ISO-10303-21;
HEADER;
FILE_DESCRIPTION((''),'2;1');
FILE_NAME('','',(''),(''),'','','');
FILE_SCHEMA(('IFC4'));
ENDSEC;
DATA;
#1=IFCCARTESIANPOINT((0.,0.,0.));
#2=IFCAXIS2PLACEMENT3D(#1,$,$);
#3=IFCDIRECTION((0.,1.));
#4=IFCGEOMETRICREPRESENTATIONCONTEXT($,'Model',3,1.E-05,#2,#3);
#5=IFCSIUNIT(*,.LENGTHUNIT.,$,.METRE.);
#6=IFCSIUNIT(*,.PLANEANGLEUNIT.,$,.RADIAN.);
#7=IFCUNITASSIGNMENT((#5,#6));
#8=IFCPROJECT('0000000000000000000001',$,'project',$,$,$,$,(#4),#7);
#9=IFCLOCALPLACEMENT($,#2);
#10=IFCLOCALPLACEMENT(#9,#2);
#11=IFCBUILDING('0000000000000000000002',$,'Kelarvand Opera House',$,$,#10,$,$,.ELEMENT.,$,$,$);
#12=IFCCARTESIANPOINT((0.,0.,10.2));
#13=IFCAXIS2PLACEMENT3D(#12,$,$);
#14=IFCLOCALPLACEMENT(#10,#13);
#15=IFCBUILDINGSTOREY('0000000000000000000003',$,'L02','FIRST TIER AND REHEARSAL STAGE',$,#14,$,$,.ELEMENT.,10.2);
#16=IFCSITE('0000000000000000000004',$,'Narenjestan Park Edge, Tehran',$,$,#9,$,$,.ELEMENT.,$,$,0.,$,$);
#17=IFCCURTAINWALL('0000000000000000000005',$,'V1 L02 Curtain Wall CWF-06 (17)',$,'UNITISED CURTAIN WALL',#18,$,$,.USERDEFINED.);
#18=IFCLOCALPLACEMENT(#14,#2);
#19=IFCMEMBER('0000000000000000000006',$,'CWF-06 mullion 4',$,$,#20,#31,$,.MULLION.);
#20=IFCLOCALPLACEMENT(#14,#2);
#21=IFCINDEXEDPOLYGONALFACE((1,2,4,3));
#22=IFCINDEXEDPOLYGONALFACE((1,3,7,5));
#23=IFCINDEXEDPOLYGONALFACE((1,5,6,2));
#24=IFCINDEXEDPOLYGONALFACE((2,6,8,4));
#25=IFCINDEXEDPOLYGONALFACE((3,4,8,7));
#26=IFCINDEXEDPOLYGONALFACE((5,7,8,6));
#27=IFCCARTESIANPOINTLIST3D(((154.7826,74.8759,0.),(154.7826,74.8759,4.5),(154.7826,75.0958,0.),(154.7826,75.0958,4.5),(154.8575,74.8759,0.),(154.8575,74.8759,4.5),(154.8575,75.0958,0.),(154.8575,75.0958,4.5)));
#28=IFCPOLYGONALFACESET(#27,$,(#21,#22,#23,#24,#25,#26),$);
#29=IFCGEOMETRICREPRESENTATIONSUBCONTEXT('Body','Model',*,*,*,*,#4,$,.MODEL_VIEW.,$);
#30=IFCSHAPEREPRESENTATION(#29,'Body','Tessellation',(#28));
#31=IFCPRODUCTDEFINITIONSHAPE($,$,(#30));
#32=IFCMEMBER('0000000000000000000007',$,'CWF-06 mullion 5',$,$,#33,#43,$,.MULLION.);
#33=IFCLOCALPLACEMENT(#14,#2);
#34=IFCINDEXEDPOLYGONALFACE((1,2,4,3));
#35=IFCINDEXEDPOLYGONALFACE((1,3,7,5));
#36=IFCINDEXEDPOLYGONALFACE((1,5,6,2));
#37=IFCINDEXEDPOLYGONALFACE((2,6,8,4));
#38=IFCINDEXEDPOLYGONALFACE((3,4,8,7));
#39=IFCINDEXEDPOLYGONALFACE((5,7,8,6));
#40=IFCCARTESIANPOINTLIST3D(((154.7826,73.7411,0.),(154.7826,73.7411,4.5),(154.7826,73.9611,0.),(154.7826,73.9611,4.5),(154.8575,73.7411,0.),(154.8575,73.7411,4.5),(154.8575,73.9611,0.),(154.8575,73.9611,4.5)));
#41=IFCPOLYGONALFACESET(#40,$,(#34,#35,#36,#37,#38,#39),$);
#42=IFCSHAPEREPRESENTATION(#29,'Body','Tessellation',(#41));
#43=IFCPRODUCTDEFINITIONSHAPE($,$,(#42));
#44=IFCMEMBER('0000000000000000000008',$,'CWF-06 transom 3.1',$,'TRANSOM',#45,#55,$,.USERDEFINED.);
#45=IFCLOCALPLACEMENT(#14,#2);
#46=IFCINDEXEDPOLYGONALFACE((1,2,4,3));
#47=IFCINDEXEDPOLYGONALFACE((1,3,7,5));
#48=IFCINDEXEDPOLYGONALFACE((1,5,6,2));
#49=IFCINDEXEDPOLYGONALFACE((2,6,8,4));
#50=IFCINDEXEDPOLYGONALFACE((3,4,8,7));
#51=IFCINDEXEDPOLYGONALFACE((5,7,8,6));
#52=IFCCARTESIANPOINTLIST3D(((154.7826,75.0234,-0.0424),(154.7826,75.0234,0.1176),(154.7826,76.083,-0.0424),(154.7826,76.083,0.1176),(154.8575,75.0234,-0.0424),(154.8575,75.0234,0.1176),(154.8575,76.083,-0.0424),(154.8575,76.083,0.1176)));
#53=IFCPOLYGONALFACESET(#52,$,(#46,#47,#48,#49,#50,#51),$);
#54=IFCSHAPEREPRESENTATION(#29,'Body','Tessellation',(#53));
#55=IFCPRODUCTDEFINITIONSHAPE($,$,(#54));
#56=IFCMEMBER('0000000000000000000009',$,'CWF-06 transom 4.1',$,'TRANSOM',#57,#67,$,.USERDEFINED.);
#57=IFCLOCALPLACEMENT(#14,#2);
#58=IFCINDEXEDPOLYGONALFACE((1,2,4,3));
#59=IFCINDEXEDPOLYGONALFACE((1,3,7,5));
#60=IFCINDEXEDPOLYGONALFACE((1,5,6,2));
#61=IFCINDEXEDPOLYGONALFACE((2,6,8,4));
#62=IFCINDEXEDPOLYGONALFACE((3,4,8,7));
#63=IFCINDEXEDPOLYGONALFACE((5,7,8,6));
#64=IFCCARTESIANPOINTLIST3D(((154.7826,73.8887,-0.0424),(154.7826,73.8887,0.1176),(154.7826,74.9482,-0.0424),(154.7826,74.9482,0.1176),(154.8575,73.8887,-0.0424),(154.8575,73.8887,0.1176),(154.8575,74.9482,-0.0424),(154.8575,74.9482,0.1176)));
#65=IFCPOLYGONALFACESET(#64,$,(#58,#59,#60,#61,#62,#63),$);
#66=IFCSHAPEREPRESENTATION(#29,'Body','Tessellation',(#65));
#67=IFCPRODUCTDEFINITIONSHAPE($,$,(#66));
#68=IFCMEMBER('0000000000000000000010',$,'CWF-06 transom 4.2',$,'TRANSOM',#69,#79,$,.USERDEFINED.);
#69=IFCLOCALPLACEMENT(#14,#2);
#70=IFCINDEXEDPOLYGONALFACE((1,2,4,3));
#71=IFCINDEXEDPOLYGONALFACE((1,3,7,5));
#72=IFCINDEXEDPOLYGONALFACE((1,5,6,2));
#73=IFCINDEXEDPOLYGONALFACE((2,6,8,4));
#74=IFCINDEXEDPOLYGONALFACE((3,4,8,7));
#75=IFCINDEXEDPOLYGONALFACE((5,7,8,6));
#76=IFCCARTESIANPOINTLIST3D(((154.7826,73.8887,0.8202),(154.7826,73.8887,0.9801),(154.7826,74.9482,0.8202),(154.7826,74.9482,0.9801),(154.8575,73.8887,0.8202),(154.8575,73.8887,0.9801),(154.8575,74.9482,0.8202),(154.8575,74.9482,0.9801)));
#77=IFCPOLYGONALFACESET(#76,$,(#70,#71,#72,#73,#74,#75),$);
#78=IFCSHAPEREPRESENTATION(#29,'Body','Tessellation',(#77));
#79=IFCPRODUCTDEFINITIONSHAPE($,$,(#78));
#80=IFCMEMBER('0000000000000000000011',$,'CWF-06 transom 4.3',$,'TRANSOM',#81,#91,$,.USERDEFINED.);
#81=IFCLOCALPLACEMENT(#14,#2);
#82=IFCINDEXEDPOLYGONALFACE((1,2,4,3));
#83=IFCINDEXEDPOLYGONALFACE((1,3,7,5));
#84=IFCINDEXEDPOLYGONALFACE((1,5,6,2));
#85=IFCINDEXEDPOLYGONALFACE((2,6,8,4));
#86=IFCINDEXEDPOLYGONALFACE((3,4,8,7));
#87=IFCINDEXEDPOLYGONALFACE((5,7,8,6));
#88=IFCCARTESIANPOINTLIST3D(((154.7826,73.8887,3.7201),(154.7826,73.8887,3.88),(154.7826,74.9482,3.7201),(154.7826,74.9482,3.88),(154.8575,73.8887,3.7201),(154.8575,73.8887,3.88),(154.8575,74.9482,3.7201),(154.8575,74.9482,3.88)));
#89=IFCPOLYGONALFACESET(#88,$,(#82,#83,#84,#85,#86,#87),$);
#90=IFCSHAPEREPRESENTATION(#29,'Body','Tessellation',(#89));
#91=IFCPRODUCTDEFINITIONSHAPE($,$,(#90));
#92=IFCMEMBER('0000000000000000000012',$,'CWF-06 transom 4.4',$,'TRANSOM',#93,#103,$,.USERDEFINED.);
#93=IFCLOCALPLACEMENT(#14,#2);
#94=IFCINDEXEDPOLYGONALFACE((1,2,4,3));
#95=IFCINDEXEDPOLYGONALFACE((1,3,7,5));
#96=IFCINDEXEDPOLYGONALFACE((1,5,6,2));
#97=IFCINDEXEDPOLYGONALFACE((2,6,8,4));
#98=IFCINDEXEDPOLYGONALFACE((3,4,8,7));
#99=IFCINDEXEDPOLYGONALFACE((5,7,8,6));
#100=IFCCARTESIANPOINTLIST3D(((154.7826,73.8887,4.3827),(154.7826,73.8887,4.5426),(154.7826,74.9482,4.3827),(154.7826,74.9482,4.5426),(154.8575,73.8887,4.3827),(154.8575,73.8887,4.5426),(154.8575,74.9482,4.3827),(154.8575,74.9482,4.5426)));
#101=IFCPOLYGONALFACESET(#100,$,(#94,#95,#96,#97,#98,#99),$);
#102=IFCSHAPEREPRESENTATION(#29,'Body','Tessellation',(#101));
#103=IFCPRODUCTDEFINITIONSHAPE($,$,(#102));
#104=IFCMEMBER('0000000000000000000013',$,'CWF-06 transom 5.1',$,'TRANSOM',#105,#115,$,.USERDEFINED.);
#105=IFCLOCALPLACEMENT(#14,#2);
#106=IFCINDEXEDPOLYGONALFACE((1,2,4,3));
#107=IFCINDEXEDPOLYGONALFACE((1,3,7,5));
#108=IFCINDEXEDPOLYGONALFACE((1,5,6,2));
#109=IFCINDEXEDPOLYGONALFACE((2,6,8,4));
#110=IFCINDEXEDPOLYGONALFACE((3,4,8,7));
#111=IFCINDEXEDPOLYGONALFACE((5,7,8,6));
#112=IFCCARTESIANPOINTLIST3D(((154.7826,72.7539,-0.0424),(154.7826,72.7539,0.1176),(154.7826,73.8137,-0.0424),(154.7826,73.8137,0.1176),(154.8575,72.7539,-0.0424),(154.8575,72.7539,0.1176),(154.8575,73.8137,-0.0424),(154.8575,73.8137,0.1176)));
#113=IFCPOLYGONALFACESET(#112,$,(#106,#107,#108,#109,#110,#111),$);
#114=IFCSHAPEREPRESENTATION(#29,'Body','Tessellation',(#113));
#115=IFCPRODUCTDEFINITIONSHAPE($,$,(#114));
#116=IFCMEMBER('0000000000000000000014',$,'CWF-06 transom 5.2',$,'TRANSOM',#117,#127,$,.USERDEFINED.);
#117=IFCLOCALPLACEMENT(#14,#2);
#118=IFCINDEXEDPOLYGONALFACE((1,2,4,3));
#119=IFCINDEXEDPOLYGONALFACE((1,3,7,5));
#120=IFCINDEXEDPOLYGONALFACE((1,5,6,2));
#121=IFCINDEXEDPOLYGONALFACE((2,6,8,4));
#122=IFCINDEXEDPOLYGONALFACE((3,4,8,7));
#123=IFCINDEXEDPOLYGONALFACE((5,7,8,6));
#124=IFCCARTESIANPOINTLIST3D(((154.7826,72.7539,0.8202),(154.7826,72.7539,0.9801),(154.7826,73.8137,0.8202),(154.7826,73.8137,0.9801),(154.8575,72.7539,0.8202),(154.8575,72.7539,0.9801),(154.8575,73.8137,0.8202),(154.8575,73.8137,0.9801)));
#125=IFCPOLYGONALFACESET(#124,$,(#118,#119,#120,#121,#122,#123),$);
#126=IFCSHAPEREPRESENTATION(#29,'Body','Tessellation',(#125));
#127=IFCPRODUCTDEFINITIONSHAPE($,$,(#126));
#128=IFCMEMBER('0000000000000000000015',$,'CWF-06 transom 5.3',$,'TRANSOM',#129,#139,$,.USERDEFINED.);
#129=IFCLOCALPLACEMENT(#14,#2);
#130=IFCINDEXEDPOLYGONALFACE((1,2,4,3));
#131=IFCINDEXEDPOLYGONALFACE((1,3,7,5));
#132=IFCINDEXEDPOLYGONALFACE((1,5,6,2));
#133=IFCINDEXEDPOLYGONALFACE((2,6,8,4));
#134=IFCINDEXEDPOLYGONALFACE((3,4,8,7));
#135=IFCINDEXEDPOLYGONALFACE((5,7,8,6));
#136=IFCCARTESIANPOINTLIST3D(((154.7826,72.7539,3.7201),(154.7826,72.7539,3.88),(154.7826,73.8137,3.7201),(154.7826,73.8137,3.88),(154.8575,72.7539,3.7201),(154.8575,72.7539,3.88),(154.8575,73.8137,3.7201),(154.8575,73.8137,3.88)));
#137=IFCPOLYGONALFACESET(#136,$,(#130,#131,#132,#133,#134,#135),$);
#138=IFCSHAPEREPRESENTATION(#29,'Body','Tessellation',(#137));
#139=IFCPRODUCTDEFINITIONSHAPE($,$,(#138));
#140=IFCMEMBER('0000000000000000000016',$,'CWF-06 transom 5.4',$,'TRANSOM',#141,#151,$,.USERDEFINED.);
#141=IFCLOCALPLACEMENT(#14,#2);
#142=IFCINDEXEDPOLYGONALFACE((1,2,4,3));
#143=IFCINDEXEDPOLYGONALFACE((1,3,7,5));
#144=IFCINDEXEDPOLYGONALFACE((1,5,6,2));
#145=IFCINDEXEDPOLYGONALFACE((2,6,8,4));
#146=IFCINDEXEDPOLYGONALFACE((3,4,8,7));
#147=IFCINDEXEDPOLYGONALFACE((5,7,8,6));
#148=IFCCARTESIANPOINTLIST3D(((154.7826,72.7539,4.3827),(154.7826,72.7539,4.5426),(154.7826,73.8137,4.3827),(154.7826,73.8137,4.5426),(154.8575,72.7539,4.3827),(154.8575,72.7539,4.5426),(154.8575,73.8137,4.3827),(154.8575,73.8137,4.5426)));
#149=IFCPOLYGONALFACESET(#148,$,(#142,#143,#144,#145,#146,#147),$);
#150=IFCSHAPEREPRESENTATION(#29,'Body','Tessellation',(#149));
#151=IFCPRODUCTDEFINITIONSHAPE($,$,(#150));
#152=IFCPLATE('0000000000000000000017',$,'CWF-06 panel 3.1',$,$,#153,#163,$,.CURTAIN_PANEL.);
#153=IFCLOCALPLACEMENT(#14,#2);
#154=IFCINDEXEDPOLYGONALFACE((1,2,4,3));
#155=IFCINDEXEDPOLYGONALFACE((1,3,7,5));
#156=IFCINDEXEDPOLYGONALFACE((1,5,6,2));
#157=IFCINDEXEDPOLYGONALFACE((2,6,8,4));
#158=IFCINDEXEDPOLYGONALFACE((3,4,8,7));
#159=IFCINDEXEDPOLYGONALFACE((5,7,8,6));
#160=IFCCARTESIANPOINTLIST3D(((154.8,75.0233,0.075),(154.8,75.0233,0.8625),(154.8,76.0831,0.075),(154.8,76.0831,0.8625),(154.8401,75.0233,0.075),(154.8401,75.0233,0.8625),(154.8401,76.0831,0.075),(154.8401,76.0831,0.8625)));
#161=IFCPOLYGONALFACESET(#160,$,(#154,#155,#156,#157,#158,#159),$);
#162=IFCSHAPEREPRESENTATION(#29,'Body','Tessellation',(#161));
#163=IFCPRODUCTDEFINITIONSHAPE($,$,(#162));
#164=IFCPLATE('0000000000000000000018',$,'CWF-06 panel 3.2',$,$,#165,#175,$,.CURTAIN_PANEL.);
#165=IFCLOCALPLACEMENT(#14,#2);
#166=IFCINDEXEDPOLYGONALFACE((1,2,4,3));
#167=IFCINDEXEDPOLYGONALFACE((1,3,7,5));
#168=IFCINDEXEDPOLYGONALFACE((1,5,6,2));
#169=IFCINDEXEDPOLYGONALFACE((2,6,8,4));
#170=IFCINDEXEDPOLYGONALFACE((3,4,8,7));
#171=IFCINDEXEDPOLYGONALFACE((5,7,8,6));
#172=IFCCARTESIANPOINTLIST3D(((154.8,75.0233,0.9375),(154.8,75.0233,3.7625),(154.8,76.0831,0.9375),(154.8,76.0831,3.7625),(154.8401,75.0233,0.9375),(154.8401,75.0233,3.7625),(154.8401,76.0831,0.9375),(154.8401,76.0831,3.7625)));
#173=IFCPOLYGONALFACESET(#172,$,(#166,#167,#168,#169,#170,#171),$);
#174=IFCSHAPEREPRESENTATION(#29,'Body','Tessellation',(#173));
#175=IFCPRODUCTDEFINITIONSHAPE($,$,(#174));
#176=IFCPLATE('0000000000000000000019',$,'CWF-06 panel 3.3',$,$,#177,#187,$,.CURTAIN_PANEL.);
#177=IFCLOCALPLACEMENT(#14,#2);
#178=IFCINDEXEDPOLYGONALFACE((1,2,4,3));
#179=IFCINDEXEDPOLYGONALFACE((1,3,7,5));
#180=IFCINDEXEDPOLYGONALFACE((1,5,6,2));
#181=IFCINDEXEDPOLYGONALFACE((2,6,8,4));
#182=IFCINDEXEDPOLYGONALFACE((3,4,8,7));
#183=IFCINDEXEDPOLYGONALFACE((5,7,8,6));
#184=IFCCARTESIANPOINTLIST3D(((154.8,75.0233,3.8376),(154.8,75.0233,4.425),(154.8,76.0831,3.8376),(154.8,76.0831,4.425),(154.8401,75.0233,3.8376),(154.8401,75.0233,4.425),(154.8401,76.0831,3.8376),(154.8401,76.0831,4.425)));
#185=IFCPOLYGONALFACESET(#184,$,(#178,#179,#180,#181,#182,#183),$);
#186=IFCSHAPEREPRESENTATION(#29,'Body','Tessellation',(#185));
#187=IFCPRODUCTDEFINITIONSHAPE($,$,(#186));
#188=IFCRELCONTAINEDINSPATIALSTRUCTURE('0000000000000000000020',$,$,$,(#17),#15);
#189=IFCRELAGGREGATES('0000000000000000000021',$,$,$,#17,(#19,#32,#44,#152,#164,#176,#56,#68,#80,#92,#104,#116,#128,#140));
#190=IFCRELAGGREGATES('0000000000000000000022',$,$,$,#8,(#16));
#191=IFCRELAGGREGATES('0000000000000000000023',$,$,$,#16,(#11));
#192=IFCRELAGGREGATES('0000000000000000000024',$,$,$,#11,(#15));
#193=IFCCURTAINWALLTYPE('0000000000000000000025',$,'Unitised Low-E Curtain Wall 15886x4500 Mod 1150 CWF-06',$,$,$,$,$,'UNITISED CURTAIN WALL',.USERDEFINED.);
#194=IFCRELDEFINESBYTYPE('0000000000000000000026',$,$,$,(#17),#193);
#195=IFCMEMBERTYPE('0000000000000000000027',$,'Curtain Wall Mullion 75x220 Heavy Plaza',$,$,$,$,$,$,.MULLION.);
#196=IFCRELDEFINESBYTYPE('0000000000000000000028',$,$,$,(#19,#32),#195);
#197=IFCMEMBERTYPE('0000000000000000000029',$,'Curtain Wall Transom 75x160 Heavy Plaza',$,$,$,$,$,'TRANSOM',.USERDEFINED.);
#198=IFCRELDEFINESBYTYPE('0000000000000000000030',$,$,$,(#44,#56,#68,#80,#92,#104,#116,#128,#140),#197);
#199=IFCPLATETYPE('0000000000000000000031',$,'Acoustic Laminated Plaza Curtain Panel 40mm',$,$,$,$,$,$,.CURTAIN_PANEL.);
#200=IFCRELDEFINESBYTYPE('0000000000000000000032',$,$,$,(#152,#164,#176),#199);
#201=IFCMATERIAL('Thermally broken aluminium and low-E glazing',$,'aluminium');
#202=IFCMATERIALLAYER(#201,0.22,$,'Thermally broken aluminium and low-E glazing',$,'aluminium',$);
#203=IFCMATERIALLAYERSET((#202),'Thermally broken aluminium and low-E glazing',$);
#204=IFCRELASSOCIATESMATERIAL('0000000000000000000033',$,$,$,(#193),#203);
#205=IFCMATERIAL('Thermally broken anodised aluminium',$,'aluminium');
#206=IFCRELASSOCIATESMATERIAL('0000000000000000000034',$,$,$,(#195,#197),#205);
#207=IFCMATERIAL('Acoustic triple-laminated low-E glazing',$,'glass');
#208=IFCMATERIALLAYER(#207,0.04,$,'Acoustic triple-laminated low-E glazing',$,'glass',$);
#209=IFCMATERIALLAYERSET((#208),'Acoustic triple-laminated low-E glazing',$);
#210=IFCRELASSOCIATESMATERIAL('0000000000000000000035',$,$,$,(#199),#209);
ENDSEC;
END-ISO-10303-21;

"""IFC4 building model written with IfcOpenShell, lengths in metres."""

from ifc_helpers import new_model, si_unit, direction, frame, origin, origin_2d, place, context, subcontext, project, spatial, rectangle, extrude, material, layer, layer_set, material_profile, profile_set, type_object, element, aggregate, save


model = new_model("IFC4")

# Units and contexts
model_context = context("Model", 3, precision=1e-05, world=origin(), true_north=direction((0.0, 1.0)))
body_context = subcontext(model_context, "Body", "Model", "MODEL_VIEW")
ifc_project = project(units=[si_unit("LENGTHUNIT", "METRE"), si_unit("PLANEANGLEUNIT", "RADIAN")], contexts=[model_context])

# Site, building, storey
site_placement = place(None, origin())
site = spatial("IfcSite", under=ifc_project, at=site_placement, Name="Narenjestan Park Edge, Tehran", CompositionType="ELEMENT", RefElevation=0.0)
building_placement = place(site_placement, origin())
building = spatial("IfcBuilding", under=site, at=building_placement, Name="Kelarvand Opera House", CompositionType="ELEMENT")
storey_placement = place(building_placement, frame((0.0, 0.0, 10.2)))
storey = spatial("IfcBuildingStorey", under=building, at=storey_placement, Name="L02", Description="FIRST TIER AND REHEARSAL STAGE", CompositionType="ELEMENT", Elevation=10.2)

# Curtain wall, members, plates
ifc_material_1 = material(Name="Thermally broken aluminium and low-E glazing", Category="aluminium")
ifc_layer_1 = layer(ifc_material_1, 0.22, Name="Thermally broken aluminium and low-E glazing", Category="aluminium")
ifc_layer_set_1 = layer_set([ifc_layer_1], Name="Thermally broken aluminium and low-E glazing")
curtain_wall_type = type_object("IfcCurtainWallType", Name="Unitised Low-E Curtain Wall 15886x4500 Mod 1150 CWF-06", ElementType="UNITISED CURTAIN WALL", PredefinedType="USERDEFINED", material=ifc_layer_set_1)
curtain_wall_placement = place(storey_placement, origin())
curtain_wall = element("IfcCurtainWall", 1, at=curtain_wall_placement, inside=storey, type_object=curtain_wall_type, Name="V1 L02 Curtain Wall CWF-06 (17)", ObjectType="UNITISED CURTAIN WALL", PredefinedType="USERDEFINED")
ifc_material_2 = material(Name="Thermally broken anodised aluminium", Category="aluminium")
ifc_material_profile_1 = material_profile(ifc_material_2, rectangle(XDim=0.075, YDim=0.22, at=origin_2d()), Name="ALU MULLION 75x220", Category="aluminium")
ifc_profile_set_1 = profile_set([ifc_material_profile_1], Name="Thermally broken anodised aluminium")
member_type_1 = type_object("IfcMemberType", Name="Curtain Wall Mullion 75x220 Heavy Plaza", PredefinedType="MULLION", material=ifc_profile_set_1)
member_1_placement = place(storey_placement, frame((154.8201, 74.9858, 0.0), z_axis=(0.0, 0.0, 1.0), x_axis=(1.0, 0.0, 0.0)))
member_1 = element("IfcMember", 2, at=member_1_placement, type_object=member_type_1, Name="CWF-06 mullion 4", PredefinedType="MULLION", context=body_context, shape_type="SweptSolid", body=[
    extrude(rectangle(XDim=0.075, YDim=0.22, at=origin_2d()), origin(), (0.0, 0.0, 1.0), 4.5),
])
member_2_placement = place(storey_placement, frame((154.8201, 73.8511, 0.0), z_axis=(0.0, 0.0, 1.0), x_axis=(1.0, 0.0, 0.0)))
member_2 = element("IfcMember", 3, at=member_2_placement, type_object=member_type_1, Name="CWF-06 mullion 5", PredefinedType="MULLION", context=body_context, shape_type="SweptSolid", body=[
    extrude(rectangle(XDim=0.075, YDim=0.22, at=origin_2d()), origin(), (0.0, 0.0, 1.0), 4.5),
])
ifc_material_profile_2 = material_profile(ifc_material_2, rectangle(XDim=0.075, YDim=0.1599, at=origin_2d()), Name="ALU TRANSOM 75x160", Category="aluminium")
ifc_profile_set_2 = profile_set([ifc_material_profile_2], Name="Thermally broken anodised aluminium")
member_type_2 = type_object("IfcMemberType", Name="Curtain Wall Transom 75x160 Heavy Plaza", ElementType="TRANSOM", PredefinedType="USERDEFINED", material=ifc_profile_set_2)
member_3_placement = place(storey_placement, frame((154.8201, 76.083, 0.0376), z_axis=(0.0, -1.0, 0.0), x_axis=(1.0, 0.0, 0.0)))
member_3 = element("IfcMember", 4, at=member_3_placement, type_object=member_type_2, Name="CWF-06 transom 3.1", ObjectType="TRANSOM", PredefinedType="USERDEFINED", context=body_context, shape_type="SweptSolid", body=[
    extrude(rectangle(XDim=0.075, YDim=0.1599, at=origin_2d()), origin(), (0.0, 0.0, 1.0), 1.0596),
])
member_4_placement = place(storey_placement, frame((154.8201, 74.9482, 0.0376), z_axis=(0.0, -1.0, 0.0), x_axis=(1.0, 0.0, 0.0)))
member_4 = element("IfcMember", 5, at=member_4_placement, type_object=member_type_2, Name="CWF-06 transom 4.1", ObjectType="TRANSOM", PredefinedType="USERDEFINED", context=body_context, shape_type="SweptSolid", body=[
    extrude(rectangle(XDim=0.075, YDim=0.1599, at=origin_2d()), origin(), (0.0, 0.0, 1.0), 1.0596),
])
member_5_placement = place(storey_placement, frame((154.8201, 74.9482, 0.9001), z_axis=(0.0, -1.0, 0.0), x_axis=(1.0, 0.0, 0.0)))
member_5 = element("IfcMember", 6, at=member_5_placement, type_object=member_type_2, Name="CWF-06 transom 4.2", ObjectType="TRANSOM", PredefinedType="USERDEFINED", context=body_context, shape_type="SweptSolid", body=[
    extrude(rectangle(XDim=0.075, YDim=0.1599, at=origin_2d()), origin(), (0.0, 0.0, 1.0), 1.0596),
])
member_6_placement = place(storey_placement, frame((154.8201, 74.9482, 3.8), z_axis=(0.0, -1.0, 0.0), x_axis=(1.0, 0.0, 0.0)))
member_6 = element("IfcMember", 7, at=member_6_placement, type_object=member_type_2, Name="CWF-06 transom 4.3", ObjectType="TRANSOM", PredefinedType="USERDEFINED", context=body_context, shape_type="SweptSolid", body=[
    extrude(rectangle(XDim=0.075, YDim=0.1599, at=origin_2d()), origin(), (0.0, 0.0, 1.0), 1.0596),
])
member_7_placement = place(storey_placement, frame((154.8201, 74.9482, 4.4626), z_axis=(0.0, -1.0, 0.0), x_axis=(1.0, 0.0, 0.0)))
member_7 = element("IfcMember", 8, at=member_7_placement, type_object=member_type_2, Name="CWF-06 transom 4.4", ObjectType="TRANSOM", PredefinedType="USERDEFINED", context=body_context, shape_type="SweptSolid", body=[
    extrude(rectangle(XDim=0.075, YDim=0.1599, at=origin_2d()), origin(), (0.0, 0.0, 1.0), 1.0596),
])
member_8_placement = place(storey_placement, frame((154.8201, 73.8137, 0.0376), z_axis=(0.0, -1.0, 0.0), x_axis=(1.0, 0.0, 0.0)))
member_8 = element("IfcMember", 9, at=member_8_placement, type_object=member_type_2, Name="CWF-06 transom 5.1", ObjectType="TRANSOM", PredefinedType="USERDEFINED", context=body_context, shape_type="SweptSolid", body=[
    extrude(rectangle(XDim=0.075, YDim=0.1599, at=origin_2d()), origin(), (0.0, 0.0, 1.0), 1.0598),
])
member_9_placement = place(storey_placement, frame((154.8201, 73.8137, 0.9001), z_axis=(0.0, -1.0, 0.0), x_axis=(1.0, 0.0, 0.0)))
member_9 = element("IfcMember", 10, at=member_9_placement, type_object=member_type_2, Name="CWF-06 transom 5.2", ObjectType="TRANSOM", PredefinedType="USERDEFINED", context=body_context, shape_type="SweptSolid", body=[
    extrude(rectangle(XDim=0.075, YDim=0.1599, at=origin_2d()), origin(), (0.0, 0.0, 1.0), 1.0598),
])
member_10_placement = place(storey_placement, frame((154.8201, 73.8137, 3.8), z_axis=(0.0, -1.0, 0.0), x_axis=(1.0, 0.0, 0.0)))
member_10 = element("IfcMember", 11, at=member_10_placement, type_object=member_type_2, Name="CWF-06 transom 5.3", ObjectType="TRANSOM", PredefinedType="USERDEFINED", context=body_context, shape_type="SweptSolid", body=[
    extrude(rectangle(XDim=0.075, YDim=0.1599, at=origin_2d()), origin(), (0.0, 0.0, 1.0), 1.0598),
])
member_11_placement = place(storey_placement, frame((154.8201, 73.8137, 4.4626), z_axis=(0.0, -1.0, 0.0), x_axis=(1.0, 0.0, 0.0)))
member_11 = element("IfcMember", 12, at=member_11_placement, type_object=member_type_2, Name="CWF-06 transom 5.4", ObjectType="TRANSOM", PredefinedType="USERDEFINED", context=body_context, shape_type="SweptSolid", body=[
    extrude(rectangle(XDim=0.075, YDim=0.1599, at=origin_2d()), origin(), (0.0, 0.0, 1.0), 1.0598),
])
ifc_material_3 = material(Name="Acoustic triple-laminated low-E glazing", Category="glass")
ifc_layer_2 = layer(ifc_material_3, 0.04, Name="Acoustic triple-laminated low-E glazing", Category="glass")
ifc_layer_set_2 = layer_set([ifc_layer_2], Name="Acoustic triple-laminated low-E glazing")
plate_type = type_object("IfcPlateType", Name="Acoustic Laminated Plaza Curtain Panel 40mm", PredefinedType="CURTAIN_PANEL", material=ifc_layer_set_2)
plate_1_placement = place(storey_placement, frame((154.8201, 75.5532, 0.075), z_axis=(0.0, 0.0, 1.0), x_axis=(0.0, -1.0, 0.0)))
plate_1 = element("IfcPlate", 13, at=plate_1_placement, type_object=plate_type, Name="CWF-06 panel 3.1", PredefinedType="CURTAIN_PANEL", context=body_context, shape_type="SweptSolid", body=[
    extrude(rectangle(XDim=1.0598, YDim=0.04, at=origin_2d()), origin(), (0.0, 0.0, 1.0), 0.7876),
])
plate_2_placement = place(storey_placement, frame((154.8201, 75.5532, 0.9375), z_axis=(0.0, 0.0, 1.0), x_axis=(0.0, -1.0, 0.0)))
plate_2 = element("IfcPlate", 14, at=plate_2_placement, type_object=plate_type, Name="CWF-06 panel 3.2", PredefinedType="CURTAIN_PANEL", context=body_context, shape_type="SweptSolid", body=[
    extrude(rectangle(XDim=1.0598, YDim=0.04, at=origin_2d()), origin(), (0.0, 0.0, 1.0), 2.825),
])
plate_3_placement = place(storey_placement, frame((154.8201, 75.5532, 3.8376), z_axis=(0.0, 0.0, 1.0), x_axis=(0.0, -1.0, 0.0)))
plate_3 = element("IfcPlate", 15, at=plate_3_placement, type_object=plate_type, Name="CWF-06 panel 3.3", PredefinedType="CURTAIN_PANEL", context=body_context, shape_type="SweptSolid", body=[
    extrude(rectangle(XDim=1.0598, YDim=0.04, at=origin_2d()), origin(), (0.0, 0.0, 1.0), 0.5874),
])
aggregate(curtain_wall, [member_1, member_2, member_3, plate_1, plate_2, plate_3, member_4, member_5, member_6, member_7, member_8, member_9, member_10, member_11])

save(model, "model.ifc")
